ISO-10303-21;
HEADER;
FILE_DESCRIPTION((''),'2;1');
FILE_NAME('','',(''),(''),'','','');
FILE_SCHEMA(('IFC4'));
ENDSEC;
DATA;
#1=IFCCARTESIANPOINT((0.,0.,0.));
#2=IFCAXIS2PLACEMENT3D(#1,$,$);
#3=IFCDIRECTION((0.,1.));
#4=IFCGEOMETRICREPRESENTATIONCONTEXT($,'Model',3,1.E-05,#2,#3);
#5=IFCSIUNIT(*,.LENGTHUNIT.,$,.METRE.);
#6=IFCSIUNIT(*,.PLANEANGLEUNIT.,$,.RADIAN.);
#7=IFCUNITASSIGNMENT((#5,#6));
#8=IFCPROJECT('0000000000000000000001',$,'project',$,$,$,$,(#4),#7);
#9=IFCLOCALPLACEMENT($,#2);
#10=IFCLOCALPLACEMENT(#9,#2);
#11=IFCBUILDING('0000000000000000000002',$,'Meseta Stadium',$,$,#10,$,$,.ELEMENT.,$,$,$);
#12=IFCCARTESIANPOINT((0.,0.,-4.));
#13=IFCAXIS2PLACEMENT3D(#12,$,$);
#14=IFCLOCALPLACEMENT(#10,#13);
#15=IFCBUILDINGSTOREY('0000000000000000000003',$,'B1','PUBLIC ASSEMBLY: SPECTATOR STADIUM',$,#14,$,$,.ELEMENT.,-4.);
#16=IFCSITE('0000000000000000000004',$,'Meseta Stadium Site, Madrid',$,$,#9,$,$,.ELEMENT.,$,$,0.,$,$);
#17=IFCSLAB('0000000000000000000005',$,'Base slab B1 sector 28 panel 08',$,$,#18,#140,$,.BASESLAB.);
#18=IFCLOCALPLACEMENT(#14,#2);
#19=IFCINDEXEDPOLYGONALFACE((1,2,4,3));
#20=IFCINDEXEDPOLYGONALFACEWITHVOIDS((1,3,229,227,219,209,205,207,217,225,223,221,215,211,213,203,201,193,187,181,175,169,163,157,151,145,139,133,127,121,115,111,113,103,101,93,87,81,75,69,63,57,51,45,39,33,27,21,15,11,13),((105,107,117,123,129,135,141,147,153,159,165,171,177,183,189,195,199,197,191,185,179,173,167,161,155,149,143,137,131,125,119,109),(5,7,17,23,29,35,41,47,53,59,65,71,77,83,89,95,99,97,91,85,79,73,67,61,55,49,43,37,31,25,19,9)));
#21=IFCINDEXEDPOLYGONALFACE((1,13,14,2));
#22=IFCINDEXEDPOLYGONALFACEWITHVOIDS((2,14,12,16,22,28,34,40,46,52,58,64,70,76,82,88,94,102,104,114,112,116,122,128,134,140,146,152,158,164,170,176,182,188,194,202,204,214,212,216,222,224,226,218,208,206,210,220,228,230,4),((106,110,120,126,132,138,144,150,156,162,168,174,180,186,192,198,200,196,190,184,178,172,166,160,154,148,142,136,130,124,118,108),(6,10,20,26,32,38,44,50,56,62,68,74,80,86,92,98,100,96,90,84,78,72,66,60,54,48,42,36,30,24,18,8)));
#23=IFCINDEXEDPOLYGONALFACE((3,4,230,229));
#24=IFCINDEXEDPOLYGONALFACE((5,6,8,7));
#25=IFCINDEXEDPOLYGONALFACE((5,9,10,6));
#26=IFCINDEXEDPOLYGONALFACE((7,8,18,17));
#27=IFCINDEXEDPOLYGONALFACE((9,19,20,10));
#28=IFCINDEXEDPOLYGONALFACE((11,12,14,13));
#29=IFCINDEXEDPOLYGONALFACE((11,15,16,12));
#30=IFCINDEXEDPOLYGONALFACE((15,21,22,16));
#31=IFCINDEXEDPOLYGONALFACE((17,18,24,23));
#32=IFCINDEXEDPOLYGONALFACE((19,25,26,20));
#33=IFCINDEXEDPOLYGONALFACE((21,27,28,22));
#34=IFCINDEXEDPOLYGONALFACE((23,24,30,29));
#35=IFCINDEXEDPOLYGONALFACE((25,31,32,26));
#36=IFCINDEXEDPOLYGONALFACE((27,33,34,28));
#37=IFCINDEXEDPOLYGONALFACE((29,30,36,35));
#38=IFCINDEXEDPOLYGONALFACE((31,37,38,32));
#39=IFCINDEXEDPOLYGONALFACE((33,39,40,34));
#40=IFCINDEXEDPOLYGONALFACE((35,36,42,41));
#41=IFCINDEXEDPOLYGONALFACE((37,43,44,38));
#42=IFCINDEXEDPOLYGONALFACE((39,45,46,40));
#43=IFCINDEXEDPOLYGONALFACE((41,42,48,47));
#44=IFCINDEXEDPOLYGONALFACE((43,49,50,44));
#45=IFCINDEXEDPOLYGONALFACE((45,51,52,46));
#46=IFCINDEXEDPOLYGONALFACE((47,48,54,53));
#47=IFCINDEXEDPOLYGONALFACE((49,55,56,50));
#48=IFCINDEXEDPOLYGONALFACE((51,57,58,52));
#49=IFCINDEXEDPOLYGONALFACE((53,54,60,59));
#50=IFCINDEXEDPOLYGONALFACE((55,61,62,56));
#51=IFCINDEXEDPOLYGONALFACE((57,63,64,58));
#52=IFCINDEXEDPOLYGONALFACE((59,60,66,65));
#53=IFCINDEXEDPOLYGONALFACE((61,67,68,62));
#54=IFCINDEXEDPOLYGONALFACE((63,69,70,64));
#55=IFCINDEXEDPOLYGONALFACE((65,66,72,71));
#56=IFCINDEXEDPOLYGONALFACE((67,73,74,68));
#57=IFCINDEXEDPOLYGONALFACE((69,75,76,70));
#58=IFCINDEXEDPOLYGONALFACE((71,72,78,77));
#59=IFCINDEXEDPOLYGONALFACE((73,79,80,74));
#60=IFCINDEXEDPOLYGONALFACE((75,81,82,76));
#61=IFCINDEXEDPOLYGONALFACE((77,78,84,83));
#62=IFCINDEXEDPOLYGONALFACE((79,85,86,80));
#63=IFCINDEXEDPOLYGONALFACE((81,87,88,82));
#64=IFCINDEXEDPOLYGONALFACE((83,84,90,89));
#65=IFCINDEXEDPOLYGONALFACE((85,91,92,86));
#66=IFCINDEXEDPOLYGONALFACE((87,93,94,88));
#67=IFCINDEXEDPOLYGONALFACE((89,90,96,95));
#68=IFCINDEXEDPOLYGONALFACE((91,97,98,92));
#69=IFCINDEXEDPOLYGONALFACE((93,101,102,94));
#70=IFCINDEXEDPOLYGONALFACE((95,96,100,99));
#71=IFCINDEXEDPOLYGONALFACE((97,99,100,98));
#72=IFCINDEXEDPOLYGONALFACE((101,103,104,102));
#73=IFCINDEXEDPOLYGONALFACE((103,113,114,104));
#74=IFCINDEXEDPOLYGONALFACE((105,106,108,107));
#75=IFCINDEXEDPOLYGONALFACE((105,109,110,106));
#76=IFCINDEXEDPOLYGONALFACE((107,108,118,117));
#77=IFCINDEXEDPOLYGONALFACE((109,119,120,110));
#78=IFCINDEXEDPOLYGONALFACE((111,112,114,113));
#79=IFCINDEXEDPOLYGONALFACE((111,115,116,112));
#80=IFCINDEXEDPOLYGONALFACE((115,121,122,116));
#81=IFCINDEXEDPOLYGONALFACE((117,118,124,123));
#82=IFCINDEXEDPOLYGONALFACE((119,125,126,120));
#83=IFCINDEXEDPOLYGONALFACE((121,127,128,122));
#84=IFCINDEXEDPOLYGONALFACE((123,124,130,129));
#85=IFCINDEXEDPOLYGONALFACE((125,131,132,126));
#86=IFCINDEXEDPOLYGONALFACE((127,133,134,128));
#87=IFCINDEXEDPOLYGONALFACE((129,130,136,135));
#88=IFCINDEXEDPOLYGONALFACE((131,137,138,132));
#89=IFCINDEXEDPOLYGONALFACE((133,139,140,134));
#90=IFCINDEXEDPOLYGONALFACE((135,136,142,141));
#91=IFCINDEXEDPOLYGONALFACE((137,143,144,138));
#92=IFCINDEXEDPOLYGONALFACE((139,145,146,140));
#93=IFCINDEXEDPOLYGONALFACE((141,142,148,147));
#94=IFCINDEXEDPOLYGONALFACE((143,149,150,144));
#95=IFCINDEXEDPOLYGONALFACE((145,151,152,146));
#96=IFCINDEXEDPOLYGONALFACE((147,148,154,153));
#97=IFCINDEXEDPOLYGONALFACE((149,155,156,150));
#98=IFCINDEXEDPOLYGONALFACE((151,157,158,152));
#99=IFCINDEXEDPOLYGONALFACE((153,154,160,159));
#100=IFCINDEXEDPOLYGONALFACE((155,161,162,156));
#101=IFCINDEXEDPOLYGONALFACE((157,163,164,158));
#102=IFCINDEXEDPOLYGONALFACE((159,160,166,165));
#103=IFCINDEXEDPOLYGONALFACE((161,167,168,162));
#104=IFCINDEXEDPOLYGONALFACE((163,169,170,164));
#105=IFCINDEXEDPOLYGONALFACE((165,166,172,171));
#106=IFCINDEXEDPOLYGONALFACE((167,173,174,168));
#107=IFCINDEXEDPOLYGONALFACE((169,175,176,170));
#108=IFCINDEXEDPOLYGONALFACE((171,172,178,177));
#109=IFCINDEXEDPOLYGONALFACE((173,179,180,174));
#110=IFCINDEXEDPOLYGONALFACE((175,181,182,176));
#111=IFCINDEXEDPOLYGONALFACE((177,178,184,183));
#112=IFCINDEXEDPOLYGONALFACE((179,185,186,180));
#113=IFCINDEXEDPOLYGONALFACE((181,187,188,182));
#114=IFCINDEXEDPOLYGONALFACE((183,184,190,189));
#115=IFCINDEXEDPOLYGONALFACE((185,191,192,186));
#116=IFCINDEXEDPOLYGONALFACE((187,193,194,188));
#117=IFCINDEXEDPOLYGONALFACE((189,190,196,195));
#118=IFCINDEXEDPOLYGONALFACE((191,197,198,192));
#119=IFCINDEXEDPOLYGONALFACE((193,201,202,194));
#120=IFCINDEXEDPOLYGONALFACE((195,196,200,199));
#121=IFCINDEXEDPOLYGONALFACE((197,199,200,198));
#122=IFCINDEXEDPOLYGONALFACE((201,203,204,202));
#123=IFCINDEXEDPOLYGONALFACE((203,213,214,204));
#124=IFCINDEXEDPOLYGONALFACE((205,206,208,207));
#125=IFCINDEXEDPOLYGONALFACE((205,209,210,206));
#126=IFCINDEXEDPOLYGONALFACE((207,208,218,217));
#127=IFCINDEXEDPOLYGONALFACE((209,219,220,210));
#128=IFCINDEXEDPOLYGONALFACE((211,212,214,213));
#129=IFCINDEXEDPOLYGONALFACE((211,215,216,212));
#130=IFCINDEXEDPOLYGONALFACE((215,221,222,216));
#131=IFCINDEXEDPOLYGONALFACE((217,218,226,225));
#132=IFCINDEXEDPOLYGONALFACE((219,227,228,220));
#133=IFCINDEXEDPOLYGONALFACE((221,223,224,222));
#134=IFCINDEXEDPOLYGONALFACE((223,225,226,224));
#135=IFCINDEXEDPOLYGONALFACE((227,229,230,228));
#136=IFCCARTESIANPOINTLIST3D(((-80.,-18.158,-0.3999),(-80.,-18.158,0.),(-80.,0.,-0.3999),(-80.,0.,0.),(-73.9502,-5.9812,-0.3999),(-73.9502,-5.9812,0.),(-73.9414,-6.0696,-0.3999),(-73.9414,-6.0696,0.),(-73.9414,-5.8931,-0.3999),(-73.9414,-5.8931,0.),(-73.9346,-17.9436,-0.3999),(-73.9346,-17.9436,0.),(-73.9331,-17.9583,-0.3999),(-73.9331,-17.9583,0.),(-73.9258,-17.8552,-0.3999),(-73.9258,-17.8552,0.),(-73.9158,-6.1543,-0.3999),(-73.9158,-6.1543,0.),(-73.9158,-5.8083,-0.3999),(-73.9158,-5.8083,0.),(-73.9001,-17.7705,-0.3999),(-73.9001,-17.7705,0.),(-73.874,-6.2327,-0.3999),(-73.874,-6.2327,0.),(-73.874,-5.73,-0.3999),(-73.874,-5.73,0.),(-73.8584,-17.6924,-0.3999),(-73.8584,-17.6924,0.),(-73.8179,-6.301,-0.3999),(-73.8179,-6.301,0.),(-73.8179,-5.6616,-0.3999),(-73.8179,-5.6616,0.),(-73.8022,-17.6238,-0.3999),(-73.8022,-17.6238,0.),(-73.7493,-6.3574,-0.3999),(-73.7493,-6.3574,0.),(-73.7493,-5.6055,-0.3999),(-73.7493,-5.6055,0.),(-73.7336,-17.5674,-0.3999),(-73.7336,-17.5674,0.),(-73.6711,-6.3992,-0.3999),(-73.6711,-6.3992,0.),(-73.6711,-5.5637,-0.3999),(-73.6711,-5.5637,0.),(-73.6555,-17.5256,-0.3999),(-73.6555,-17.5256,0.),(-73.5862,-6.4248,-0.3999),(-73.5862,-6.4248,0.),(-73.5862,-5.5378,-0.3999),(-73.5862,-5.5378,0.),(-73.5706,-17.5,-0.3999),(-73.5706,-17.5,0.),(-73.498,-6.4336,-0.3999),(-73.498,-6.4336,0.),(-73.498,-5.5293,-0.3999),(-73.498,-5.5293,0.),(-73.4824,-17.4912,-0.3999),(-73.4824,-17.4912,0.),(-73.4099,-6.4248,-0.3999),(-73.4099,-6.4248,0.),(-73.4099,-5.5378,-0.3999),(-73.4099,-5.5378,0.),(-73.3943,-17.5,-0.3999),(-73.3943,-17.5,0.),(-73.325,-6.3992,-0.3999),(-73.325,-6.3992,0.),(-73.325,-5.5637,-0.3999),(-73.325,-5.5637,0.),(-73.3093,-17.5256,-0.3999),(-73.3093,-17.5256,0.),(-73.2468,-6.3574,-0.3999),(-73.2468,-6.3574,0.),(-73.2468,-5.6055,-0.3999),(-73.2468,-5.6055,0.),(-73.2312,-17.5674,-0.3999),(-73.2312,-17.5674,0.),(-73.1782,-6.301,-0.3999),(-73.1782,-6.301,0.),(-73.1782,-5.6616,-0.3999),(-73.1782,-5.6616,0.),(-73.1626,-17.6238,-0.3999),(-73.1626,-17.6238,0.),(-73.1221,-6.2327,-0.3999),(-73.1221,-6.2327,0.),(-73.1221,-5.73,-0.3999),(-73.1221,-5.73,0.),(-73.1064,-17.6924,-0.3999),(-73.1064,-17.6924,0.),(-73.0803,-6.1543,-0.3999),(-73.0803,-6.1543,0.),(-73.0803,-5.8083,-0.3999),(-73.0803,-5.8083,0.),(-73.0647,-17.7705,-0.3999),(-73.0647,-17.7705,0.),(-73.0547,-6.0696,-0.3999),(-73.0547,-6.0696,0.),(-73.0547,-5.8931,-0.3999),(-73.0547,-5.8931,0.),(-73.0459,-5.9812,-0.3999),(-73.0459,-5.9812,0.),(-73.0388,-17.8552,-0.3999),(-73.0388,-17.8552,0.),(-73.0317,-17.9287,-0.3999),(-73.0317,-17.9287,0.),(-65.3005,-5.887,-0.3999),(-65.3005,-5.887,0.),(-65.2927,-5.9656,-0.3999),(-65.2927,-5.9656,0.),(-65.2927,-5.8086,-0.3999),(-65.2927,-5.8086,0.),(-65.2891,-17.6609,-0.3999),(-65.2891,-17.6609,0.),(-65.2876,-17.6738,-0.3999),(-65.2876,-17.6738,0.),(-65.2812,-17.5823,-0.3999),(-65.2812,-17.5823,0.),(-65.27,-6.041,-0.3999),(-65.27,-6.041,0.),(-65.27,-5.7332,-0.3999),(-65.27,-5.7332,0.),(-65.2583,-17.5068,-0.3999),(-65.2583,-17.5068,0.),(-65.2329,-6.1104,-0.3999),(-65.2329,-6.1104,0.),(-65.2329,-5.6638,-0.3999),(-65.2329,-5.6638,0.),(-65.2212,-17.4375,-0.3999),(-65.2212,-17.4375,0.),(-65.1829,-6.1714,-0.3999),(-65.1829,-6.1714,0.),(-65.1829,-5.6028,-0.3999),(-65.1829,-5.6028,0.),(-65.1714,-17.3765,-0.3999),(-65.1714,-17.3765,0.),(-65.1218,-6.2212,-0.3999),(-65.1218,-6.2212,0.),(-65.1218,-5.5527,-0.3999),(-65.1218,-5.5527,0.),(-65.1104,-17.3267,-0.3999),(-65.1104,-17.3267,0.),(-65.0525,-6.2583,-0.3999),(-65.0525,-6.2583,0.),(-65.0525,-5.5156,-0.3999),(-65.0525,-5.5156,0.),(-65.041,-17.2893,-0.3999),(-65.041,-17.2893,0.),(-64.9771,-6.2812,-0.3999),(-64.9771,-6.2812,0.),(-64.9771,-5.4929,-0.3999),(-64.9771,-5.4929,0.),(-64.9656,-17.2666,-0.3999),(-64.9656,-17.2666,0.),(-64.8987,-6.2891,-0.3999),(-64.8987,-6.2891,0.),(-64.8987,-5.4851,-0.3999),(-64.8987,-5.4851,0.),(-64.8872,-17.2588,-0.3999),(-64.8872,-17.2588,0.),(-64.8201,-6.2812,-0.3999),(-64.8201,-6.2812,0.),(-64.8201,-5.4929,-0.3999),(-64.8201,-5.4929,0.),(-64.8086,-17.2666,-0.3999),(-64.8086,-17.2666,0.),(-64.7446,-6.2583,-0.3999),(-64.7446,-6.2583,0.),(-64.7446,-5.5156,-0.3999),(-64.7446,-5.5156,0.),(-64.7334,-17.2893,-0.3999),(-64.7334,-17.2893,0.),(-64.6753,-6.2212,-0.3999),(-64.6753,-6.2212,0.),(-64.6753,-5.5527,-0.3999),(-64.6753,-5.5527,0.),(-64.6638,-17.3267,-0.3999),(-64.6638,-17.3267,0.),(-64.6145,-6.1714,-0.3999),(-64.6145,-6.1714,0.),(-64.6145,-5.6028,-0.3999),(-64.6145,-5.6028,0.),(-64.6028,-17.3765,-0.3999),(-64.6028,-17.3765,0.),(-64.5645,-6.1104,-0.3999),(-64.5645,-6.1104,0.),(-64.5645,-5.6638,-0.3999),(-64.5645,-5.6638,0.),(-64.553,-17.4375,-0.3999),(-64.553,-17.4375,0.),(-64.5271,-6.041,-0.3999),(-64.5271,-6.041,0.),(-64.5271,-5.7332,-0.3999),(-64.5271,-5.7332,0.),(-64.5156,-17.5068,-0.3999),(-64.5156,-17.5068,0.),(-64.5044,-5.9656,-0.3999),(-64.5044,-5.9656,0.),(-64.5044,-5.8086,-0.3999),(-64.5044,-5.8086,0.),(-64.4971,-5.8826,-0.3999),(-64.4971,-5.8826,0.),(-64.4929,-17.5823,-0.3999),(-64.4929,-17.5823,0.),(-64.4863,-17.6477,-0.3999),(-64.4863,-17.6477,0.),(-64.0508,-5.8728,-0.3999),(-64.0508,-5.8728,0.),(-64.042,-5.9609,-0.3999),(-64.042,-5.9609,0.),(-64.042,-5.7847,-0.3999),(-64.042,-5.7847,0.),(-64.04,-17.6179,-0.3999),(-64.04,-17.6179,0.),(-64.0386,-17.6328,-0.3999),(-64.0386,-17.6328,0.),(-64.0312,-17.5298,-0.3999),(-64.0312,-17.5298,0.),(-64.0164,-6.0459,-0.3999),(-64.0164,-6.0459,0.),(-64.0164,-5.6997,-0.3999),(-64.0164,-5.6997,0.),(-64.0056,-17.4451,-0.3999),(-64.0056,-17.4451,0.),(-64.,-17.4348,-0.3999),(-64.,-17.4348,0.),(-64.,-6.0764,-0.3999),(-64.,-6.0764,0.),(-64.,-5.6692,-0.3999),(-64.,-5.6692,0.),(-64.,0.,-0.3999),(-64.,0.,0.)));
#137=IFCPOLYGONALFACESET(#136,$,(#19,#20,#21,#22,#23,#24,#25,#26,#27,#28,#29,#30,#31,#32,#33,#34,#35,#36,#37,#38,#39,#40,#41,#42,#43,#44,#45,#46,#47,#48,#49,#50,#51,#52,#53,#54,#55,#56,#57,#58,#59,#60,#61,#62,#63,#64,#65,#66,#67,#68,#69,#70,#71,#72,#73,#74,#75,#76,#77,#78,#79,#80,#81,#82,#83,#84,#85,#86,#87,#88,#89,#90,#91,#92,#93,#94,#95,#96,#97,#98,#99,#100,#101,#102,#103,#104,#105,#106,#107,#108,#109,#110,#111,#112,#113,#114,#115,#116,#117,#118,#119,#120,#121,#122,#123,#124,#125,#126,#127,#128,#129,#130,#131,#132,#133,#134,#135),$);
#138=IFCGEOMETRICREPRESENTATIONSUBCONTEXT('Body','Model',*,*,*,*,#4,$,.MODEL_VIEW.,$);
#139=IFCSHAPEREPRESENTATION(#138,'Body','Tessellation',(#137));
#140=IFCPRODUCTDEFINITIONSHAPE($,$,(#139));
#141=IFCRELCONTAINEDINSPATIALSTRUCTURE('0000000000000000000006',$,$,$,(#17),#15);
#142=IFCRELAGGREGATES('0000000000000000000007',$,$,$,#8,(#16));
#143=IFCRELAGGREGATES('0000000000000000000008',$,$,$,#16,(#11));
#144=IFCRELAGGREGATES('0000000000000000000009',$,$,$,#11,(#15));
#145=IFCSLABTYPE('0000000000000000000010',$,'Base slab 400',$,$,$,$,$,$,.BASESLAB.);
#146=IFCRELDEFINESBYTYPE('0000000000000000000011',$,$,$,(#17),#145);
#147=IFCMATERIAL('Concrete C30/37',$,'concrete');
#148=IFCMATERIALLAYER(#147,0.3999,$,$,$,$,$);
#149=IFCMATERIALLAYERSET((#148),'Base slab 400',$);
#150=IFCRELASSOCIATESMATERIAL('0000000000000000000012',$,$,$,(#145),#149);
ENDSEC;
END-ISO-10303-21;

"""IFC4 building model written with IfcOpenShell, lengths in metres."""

from ifc_helpers import new_model, si_unit, direction, frame, origin, place, context, subcontext, project, spatial, polyline, outline, extrude, material, layer, layer_set, type_object, element, save


model = new_model("IFC4")

# Units and contexts
model_context = context("Model", 3, precision=1e-05, world=origin(), true_north=direction((0.0, 1.0)))
body_context = subcontext(model_context, "Body", "Model", "MODEL_VIEW")
ifc_project = project(units=[si_unit("LENGTHUNIT", "METRE"), si_unit("PLANEANGLEUNIT", "RADIAN")], contexts=[model_context])

# Site, building, storey
site_placement = place(None, origin())
site = spatial("IfcSite", under=ifc_project, at=site_placement, Name="Meseta Stadium Site, Madrid", CompositionType="ELEMENT", RefElevation=0.0)
building_placement = place(site_placement, origin())
building = spatial("IfcBuilding", under=site, at=building_placement, Name="Meseta Stadium", CompositionType="ELEMENT")
storey_placement = place(building_placement, frame((0.0, 0.0, -4.0)))
storey = spatial("IfcBuildingStorey", under=building, at=storey_placement, Name="B1", Description="PUBLIC ASSEMBLY: SPECTATOR STADIUM", CompositionType="ELEMENT", Elevation=-4.0)

# Slab
ifc_material = material(Name="Concrete C30/37", Category="concrete")
ifc_layer = layer(ifc_material, 0.3999)
ifc_layer_set = layer_set([ifc_layer], Name="Base slab 400")
slab_type = type_object("IfcSlabType", Name="Base slab 400", PredefinedType="BASESLAB", material=ifc_layer_set)
slab_1_placement = place(storey_placement, frame((0.0, 0.0, -0.3999)))
element("IfcSlab", 1, at=slab_1_placement, inside=storey, type_object=slab_type, Name="Base slab B1 sector 28 panel 08", PredefinedType="BASESLAB", context=body_context, shape_type="SweptSolid", body=[
    extrude(outline(polyline([(-73.3093, -17.5256), (-73.2312, -17.5674), (-73.1626, -17.6238), (-73.1064, -17.6924), (-73.0647, -17.7705), (-73.0388, -17.8552), (-73.0317, -17.9287), (-65.2876, -17.6738), (-65.2891, -17.6609), (-65.2812, -17.5823), (-65.2583, -17.5068), (-65.2212, -17.4375), (-65.1714, -17.3765), (-65.1104, -17.3267), (-65.041, -17.2893), (-64.9656, -17.2666), (-64.8872, -17.2588), (-64.8086, -17.2666), (-64.7334, -17.2893), (-64.6638, -17.3267), (-64.6028, -17.3765), (-64.553, -17.4375), (-64.5156, -17.5068), (-64.4929, -17.5823), (-64.4863, -17.6477), (-64.0386, -17.6328), (-64.04, -17.6179), (-64.0312, -17.5298), (-64.0056, -17.4451), (-64.0, -17.4348), (-64.0, -6.0764), (-64.0164, -6.0459), (-64.042, -5.9609), (-64.0508, -5.8728), (-64.042, -5.7847), (-64.0164, -5.6997), (-64.0, -5.6692), (-64.0, 0.0), (-80.0, 0.0), (-80.0, -18.158), (-73.9331, -17.9583), (-73.9346, -17.9436), (-73.9258, -17.8552), (-73.9001, -17.7705), (-73.8584, -17.6924), (-73.8022, -17.6238), (-73.7336, -17.5674), (-73.6555, -17.5256), (-73.5706, -17.5), (-73.4824, -17.4912), (-73.3943, -17.5), (-73.3093, -17.5256)]), holes=[polyline([(-73.9158, -6.1543), (-73.9414, -6.0696), (-73.9502, -5.9812), (-73.9414, -5.8931), (-73.9158, -5.8083), (-73.874, -5.73), (-73.8179, -5.6616), (-73.7493, -5.6055), (-73.6711, -5.5637), (-73.5862, -5.5378), (-73.498, -5.5293), (-73.4099, -5.5378), (-73.325, -5.5637), (-73.2468, -5.6055), (-73.1782, -5.6616), (-73.1221, -5.73), (-73.0803, -5.8083), (-73.0547, -5.8931), (-73.0459, -5.9812), (-73.0547, -6.0696), (-73.0803, -6.1543), (-73.1221, -6.2327), (-73.1782, -6.301), (-73.2468, -6.3574), (-73.325, -6.3992), (-73.4099, -6.4248), (-73.498, -6.4336), (-73.5862, -6.4248), (-73.6711, -6.3992), (-73.7493, -6.3574), (-73.8179, -6.301), (-73.874, -6.2327), (-73.9158, -6.1543)]), polyline([(-65.27, -6.041), (-65.2927, -5.9656), (-65.3005, -5.887), (-65.2927, -5.8086), (-65.27, -5.7332), (-65.2329, -5.6638), (-65.1829, -5.6028), (-65.1218, -5.5527), (-65.0525, -5.5156), (-64.9771, -5.4929), (-64.8987, -5.4851), (-64.8201, -5.4929), (-64.7446, -5.5156), (-64.6753, -5.5527), (-64.6145, -5.6028), (-64.5645, -5.6638), (-64.5271, -5.7332), (-64.5044, -5.8086), (-64.4971, -5.8826), (-64.5044, -5.9656), (-64.5271, -6.041), (-64.5645, -6.1104), (-64.6145, -6.1714), (-64.6753, -6.2212), (-64.7446, -6.2583), (-64.8201, -6.2812), (-64.8987, -6.2891), (-64.9771, -6.2812), (-65.0525, -6.2583), (-65.1218, -6.2212), (-65.1829, -6.1714), (-65.2329, -6.1104), (-65.27, -6.041)])]), origin(), (0.0, 0.0, 1.0), 0.3999),
])

save(model, "model.ifc")
